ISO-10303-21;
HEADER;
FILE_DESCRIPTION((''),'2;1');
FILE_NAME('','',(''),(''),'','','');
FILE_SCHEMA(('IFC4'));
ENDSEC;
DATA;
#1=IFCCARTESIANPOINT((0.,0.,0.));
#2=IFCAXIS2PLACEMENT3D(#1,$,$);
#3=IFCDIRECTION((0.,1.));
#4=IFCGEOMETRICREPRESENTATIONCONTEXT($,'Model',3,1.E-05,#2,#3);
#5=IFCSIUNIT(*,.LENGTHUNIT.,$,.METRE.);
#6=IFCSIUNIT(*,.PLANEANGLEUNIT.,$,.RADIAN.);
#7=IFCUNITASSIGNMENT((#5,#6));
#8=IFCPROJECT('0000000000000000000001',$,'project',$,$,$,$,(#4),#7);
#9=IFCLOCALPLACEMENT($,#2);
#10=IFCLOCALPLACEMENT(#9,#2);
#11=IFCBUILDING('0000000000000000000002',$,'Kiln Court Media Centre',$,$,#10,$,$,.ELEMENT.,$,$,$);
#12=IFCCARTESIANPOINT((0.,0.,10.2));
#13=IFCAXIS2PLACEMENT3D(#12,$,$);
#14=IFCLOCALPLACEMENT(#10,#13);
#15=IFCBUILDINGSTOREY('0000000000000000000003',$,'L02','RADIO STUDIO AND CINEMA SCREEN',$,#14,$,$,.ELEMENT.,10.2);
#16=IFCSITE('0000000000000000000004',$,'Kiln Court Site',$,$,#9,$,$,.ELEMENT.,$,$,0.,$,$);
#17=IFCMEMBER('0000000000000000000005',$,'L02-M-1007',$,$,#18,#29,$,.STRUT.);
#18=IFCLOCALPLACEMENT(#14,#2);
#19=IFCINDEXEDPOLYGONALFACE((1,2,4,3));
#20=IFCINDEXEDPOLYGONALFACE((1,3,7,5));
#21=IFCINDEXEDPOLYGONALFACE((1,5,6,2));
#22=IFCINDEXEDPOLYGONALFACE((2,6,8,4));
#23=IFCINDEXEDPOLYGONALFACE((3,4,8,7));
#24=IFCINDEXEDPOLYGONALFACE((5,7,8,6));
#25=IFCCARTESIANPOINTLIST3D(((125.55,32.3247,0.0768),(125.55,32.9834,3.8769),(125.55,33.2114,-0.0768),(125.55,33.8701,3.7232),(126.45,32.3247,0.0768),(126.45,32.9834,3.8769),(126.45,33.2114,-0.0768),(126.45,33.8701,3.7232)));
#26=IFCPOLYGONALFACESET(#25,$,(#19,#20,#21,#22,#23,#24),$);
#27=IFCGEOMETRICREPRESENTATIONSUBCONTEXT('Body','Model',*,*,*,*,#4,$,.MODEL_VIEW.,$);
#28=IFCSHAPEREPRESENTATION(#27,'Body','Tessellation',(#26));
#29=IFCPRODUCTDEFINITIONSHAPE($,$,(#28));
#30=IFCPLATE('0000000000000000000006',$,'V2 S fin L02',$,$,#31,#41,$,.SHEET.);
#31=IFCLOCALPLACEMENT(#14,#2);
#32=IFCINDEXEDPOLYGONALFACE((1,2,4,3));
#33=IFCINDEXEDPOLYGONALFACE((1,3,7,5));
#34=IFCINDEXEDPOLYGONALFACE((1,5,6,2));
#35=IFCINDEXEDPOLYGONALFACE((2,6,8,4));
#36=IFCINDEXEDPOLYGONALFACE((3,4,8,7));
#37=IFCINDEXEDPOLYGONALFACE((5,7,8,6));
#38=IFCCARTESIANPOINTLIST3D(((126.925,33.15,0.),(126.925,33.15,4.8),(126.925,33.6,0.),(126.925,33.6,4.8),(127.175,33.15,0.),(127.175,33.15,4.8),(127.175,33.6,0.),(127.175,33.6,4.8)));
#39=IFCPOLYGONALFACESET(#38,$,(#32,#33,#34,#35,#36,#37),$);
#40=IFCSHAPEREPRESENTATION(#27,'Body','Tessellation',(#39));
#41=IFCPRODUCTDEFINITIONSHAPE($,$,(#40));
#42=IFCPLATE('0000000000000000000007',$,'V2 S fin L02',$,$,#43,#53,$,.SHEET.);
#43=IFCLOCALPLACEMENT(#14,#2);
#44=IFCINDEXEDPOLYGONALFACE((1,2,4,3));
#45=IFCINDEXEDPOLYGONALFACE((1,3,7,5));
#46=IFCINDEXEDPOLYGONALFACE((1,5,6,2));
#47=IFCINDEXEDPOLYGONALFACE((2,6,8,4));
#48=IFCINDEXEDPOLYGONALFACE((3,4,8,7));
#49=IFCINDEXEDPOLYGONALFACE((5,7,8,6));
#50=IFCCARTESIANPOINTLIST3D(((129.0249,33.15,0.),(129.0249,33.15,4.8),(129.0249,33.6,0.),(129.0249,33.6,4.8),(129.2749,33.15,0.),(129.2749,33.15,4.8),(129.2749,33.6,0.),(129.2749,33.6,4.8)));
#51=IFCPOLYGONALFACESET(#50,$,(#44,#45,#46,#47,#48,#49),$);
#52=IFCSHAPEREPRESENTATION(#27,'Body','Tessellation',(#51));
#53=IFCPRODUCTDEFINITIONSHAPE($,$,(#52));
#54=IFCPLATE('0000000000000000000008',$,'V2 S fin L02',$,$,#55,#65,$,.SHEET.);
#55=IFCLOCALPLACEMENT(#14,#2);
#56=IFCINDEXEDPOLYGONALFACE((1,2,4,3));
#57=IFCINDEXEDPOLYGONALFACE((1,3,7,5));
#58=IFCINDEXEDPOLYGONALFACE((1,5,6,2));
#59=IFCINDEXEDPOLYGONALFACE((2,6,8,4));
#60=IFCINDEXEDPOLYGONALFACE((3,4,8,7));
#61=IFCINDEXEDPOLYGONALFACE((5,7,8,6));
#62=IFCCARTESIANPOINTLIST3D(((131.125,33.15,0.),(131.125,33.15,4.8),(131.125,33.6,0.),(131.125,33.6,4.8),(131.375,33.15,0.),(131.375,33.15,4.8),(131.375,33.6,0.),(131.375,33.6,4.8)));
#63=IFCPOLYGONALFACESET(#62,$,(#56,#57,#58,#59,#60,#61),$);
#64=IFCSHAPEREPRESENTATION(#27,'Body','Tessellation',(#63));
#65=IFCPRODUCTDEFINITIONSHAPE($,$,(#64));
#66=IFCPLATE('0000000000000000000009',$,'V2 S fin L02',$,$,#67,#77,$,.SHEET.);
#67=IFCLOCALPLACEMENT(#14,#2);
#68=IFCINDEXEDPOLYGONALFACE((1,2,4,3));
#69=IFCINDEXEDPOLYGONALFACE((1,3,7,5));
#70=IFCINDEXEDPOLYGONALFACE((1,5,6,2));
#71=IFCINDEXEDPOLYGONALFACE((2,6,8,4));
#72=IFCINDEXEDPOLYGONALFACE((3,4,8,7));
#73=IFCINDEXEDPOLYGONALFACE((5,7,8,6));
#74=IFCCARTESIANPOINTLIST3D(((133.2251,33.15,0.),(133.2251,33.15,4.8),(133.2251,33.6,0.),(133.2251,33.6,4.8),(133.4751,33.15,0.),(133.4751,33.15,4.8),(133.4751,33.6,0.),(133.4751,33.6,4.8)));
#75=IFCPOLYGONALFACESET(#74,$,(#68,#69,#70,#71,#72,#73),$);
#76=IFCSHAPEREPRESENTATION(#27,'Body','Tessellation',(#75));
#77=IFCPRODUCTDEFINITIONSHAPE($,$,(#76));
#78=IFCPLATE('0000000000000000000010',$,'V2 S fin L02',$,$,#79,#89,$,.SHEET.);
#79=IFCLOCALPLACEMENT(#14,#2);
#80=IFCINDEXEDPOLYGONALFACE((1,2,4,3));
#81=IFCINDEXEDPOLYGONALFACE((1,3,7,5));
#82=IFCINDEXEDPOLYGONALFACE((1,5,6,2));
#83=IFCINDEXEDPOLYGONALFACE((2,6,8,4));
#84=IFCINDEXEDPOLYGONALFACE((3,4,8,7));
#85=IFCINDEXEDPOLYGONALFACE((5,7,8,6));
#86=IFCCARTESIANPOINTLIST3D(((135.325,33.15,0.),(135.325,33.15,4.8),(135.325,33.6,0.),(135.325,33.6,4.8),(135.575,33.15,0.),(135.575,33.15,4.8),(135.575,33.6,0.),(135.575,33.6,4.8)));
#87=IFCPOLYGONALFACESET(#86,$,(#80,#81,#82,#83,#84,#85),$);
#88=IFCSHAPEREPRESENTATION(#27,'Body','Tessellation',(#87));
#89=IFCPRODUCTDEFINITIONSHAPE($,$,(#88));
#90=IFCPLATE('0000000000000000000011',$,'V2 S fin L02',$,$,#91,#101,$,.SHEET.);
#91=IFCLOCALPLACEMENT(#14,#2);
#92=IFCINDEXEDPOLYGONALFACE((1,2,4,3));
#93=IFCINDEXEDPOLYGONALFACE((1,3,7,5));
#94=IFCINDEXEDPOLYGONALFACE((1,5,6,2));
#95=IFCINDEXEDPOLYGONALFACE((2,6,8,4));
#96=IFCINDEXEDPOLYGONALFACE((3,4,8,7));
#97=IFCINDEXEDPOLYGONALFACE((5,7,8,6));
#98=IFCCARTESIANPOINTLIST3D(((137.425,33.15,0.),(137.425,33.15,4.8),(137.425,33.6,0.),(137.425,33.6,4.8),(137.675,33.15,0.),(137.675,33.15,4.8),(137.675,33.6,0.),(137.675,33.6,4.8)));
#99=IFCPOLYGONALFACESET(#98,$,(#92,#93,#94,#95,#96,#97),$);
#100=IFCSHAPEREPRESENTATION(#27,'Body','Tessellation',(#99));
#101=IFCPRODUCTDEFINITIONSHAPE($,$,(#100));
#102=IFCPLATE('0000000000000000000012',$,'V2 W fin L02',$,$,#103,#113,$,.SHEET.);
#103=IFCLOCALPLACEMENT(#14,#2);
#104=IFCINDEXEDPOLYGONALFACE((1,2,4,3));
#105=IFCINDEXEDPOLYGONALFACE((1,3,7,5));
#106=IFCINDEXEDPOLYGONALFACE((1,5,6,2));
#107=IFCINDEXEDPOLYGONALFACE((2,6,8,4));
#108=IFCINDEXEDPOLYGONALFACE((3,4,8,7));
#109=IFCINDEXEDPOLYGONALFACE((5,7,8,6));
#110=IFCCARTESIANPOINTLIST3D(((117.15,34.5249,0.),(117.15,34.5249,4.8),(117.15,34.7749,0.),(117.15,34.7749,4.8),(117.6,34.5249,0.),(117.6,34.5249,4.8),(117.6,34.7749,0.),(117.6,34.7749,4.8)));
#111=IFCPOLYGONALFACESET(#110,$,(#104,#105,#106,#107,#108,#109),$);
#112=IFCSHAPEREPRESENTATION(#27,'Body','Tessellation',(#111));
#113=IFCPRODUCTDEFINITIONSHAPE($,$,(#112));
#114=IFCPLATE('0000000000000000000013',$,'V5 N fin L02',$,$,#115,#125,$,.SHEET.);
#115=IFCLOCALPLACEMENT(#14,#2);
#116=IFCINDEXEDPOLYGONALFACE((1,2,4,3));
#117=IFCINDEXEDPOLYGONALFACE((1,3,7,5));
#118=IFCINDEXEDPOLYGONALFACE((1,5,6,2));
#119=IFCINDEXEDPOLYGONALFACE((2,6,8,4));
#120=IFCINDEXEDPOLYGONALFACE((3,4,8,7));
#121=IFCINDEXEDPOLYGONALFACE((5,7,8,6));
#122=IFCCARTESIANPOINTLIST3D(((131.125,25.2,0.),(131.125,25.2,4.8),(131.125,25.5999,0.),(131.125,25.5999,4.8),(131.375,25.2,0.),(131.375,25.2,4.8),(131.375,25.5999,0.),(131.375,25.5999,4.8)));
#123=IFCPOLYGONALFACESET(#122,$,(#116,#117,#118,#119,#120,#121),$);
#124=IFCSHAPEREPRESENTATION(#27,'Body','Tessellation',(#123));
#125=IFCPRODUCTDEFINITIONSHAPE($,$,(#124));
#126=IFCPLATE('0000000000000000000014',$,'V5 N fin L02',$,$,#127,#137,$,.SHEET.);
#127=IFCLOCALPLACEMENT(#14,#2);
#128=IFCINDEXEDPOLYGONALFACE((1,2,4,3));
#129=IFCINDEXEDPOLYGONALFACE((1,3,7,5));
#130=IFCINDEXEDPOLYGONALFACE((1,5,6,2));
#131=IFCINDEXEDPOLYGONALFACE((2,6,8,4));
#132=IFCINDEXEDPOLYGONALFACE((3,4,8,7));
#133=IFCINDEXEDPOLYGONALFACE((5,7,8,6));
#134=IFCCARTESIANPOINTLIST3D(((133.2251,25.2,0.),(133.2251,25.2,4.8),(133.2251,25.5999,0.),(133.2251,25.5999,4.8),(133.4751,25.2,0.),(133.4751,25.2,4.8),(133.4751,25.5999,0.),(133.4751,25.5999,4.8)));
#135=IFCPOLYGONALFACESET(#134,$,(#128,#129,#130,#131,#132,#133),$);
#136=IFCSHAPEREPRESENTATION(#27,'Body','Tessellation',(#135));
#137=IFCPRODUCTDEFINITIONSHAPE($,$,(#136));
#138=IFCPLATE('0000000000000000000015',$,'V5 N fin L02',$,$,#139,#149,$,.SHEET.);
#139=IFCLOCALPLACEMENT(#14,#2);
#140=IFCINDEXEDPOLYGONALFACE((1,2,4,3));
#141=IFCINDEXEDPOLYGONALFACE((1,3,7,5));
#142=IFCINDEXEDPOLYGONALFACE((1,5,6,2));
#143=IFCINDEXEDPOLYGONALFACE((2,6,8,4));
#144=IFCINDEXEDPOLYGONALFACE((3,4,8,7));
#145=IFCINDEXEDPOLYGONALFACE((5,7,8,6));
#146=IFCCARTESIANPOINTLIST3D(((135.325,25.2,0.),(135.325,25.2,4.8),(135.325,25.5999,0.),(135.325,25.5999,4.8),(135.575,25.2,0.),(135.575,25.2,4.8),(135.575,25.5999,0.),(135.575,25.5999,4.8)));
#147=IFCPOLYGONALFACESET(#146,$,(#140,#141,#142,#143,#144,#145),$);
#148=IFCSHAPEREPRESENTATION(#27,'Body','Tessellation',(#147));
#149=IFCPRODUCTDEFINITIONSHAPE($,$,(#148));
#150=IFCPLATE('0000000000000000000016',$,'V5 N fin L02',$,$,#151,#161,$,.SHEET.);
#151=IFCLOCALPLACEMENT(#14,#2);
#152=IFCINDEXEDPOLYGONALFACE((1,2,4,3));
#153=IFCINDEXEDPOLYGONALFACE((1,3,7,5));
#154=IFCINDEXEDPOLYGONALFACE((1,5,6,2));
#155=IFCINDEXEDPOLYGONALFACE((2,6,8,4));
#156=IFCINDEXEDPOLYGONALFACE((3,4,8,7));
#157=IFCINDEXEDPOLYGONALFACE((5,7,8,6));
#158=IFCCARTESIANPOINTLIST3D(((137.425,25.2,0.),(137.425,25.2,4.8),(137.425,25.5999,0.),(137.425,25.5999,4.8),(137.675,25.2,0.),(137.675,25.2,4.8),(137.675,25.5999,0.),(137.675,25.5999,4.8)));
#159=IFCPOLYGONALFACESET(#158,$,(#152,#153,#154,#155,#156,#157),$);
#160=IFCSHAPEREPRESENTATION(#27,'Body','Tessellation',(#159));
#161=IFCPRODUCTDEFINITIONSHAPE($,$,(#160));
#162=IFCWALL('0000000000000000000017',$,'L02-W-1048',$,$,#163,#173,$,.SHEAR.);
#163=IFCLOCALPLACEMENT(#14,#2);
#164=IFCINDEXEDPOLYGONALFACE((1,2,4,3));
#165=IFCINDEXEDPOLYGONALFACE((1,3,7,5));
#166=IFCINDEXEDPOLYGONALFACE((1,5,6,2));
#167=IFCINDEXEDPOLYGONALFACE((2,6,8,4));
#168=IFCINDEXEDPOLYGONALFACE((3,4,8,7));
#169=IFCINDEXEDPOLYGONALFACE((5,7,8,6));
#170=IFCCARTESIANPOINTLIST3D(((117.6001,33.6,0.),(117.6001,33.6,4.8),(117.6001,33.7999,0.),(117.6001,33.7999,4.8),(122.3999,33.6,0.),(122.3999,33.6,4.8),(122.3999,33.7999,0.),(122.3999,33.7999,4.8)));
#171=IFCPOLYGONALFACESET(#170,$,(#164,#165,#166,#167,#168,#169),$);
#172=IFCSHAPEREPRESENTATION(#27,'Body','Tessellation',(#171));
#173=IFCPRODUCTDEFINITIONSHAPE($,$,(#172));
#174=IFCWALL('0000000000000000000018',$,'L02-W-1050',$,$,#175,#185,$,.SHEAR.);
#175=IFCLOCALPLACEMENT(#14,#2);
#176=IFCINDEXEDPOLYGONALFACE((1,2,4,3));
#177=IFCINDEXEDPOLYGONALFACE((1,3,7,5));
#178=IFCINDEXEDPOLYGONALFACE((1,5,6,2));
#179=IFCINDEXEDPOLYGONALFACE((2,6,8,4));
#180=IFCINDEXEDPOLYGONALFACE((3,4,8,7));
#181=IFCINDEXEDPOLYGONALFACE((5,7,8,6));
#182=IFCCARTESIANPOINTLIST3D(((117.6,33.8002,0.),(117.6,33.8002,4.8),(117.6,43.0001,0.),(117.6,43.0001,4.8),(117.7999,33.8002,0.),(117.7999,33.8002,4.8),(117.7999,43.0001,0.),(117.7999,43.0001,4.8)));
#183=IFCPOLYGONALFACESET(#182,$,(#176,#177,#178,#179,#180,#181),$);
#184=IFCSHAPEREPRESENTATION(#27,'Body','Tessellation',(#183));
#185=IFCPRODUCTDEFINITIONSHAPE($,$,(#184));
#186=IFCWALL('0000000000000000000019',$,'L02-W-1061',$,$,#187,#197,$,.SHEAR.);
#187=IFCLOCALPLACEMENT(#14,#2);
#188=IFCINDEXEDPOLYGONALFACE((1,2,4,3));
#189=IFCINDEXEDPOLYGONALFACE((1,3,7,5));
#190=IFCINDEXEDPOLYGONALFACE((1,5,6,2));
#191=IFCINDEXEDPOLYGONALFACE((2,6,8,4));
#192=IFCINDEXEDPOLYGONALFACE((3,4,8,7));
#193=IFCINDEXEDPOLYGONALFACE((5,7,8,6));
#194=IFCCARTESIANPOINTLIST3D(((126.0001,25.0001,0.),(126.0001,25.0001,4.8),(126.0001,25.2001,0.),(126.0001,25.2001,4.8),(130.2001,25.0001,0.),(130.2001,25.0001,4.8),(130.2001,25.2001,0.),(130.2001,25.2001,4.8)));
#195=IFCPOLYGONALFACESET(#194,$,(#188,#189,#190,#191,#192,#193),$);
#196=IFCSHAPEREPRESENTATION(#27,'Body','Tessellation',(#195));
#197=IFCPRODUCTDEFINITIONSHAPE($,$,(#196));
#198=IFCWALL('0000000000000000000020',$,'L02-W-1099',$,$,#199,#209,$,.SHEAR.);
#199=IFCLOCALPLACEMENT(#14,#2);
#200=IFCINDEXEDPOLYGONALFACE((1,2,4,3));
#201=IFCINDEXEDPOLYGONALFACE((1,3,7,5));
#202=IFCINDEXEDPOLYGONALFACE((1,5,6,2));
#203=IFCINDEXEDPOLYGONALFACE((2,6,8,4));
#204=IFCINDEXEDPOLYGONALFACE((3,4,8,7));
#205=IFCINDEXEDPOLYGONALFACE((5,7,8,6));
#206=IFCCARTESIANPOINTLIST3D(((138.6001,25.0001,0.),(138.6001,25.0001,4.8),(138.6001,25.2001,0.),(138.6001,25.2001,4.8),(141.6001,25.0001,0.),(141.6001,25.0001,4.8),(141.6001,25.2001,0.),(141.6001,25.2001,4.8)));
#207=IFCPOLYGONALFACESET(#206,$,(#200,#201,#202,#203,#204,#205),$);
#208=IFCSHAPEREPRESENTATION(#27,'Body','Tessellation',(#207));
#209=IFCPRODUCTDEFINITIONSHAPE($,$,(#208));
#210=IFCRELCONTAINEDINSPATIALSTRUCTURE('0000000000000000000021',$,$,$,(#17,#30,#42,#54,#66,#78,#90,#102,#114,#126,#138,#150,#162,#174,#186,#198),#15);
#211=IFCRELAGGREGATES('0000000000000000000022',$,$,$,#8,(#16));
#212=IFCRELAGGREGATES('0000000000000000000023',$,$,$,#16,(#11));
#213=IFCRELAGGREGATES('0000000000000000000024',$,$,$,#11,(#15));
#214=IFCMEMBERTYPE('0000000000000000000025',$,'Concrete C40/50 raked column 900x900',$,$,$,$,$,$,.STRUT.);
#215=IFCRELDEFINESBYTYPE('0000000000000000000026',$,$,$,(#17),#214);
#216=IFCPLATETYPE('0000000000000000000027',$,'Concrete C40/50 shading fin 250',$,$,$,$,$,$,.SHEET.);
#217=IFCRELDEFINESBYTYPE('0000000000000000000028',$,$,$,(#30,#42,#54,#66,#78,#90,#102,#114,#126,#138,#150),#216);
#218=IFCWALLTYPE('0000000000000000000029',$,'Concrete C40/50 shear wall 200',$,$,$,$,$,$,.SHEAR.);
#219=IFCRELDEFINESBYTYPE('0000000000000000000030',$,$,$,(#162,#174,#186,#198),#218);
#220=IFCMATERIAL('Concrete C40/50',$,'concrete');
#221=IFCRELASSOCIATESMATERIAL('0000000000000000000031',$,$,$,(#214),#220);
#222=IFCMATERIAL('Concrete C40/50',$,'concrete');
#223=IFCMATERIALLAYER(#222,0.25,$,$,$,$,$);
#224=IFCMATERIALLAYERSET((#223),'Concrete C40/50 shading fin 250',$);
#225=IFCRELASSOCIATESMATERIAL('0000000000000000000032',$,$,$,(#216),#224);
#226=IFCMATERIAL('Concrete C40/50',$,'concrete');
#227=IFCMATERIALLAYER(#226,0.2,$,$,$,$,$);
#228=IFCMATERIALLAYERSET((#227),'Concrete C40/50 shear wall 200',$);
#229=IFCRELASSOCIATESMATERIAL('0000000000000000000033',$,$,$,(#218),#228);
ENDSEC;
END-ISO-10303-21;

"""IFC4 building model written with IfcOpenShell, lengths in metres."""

from ifc_helpers import new_model, si_unit, direction, frame, frame_2d, origin, origin_2d, place, context, subcontext, project, spatial, rectangle, extrude, material, layer, layer_set, material_profile, profile_set, type_object, element, save


model = new_model("IFC4")

# Units and contexts
model_context = context("Model", 3, precision=1e-05, world=origin(), true_north=direction((0.0, 1.0)))
body_context = subcontext(model_context, "Body", "Model", "MODEL_VIEW")
ifc_project = project(units=[si_unit("LENGTHUNIT", "METRE"), si_unit("PLANEANGLEUNIT", "RADIAN")], contexts=[model_context])

# Site, building, storey
site_placement = place(None, origin())
site = spatial("IfcSite", under=ifc_project, at=site_placement, Name="Kiln Court Site", CompositionType="ELEMENT", RefElevation=0.0)
building_placement = place(site_placement, origin())
building = spatial("IfcBuilding", under=site, at=building_placement, Name="Kiln Court Media Centre", CompositionType="ELEMENT")
storey_placement = place(building_placement, frame((0.0, 0.0, 10.2)))
storey = spatial("IfcBuildingStorey", under=building, at=storey_placement, Name="L02", Description="RADIO STUDIO AND CINEMA SCREEN", CompositionType="ELEMENT", Elevation=10.2)

# Member
ifc_material_1 = material(Name="Concrete C40/50", Category="concrete")
ifc_material_profile_1 = material_profile(ifc_material_1, rectangle(XDim=0.8999, YDim=0.8999, at=origin_2d()), Name="RC 900x900")
ifc_profile_set_1 = profile_set([ifc_material_profile_1], Name="Concrete C40/50")
member_type = type_object("IfcMemberType", Name="Concrete C40/50 raked column 900x900", PredefinedType="STRUT", material=ifc_profile_set_1)
member_placement = place(storey_placement, frame((126.0, 32.7681, 0.0), z_axis=(0.0, 0.170791, 0.985307), x_axis=(-1.0, 0.0, 0.0)))
element("IfcMember", 1, at=member_placement, inside=storey, type_object=member_type, Name="L02-M-1007", PredefinedType="STRUT", context=body_context, shape_type="SweptSolid", body=[
    extrude(rectangle(XDim=0.8999, YDim=0.8999, at=origin_2d()), origin(), (0.0, 0.0, 1.0), 3.8567),
])

# Plates
ifc_material_2 = material(Name="Concrete C40/50", Category="concrete")
ifc_layer_1 = layer(ifc_material_2, 0.25)
ifc_layer_set_1 = layer_set([ifc_layer_1], Name="Concrete C40/50 shading fin 250")
plate_type = type_object("IfcPlateType", Name="Concrete C40/50 shading fin 250", PredefinedType="SHEET", material=ifc_layer_set_1)
for number, where, z_axis, x_axis, name in (
    (2, (127.05, 33.375, 0.0), (0.0, 0.0, 1.0), (1.0, 0.0, 0.0), "V2 S fin L02"),
    (3, (129.1499, 33.375, 0.0), (0.0, 0.0, 1.0), (1.0, 0.0, 0.0), "V2 S fin L02"),
    (4, (131.25, 33.375, 0.0), (0.0, 0.0, 1.0), (1.0, 0.0, 0.0), "V2 S fin L02"),
    (5, (133.3501, 33.375, 0.0), (0.0, 0.0, 1.0), (1.0, 0.0, 0.0), "V2 S fin L02"),
    (6, (135.45, 33.375, 0.0), (0.0, 0.0, 1.0), (1.0, 0.0, 0.0), "V2 S fin L02"),
    (7, (137.55, 33.375, 0.0), (0.0, 0.0, 1.0), (1.0, 0.0, 0.0), "V2 S fin L02"),
):
    element("IfcPlate", number, at=place(storey_placement, frame(where, z_axis=z_axis, x_axis=x_axis)), inside=storey, type_object=plate_type, Name=name, PredefinedType="SHEET", context=body_context, shape_type="SweptSolid", body=[
        extrude(rectangle(XDim=0.25, YDim=0.45, at=origin_2d()), origin(), (0.0, 0.0, 1.0), 4.8),
    ])
plate_placement = place(storey_placement, frame((117.375, 34.6499, 0.0), z_axis=(0.0, 0.0, 1.0), x_axis=(1.0, 0.0, 0.0)))
element("IfcPlate", 8, at=plate_placement, inside=storey, type_object=plate_type, Name="V2 W fin L02", PredefinedType="SHEET", context=body_context, shape_type="SweptSolid", body=[
    extrude(rectangle(XDim=0.45, YDim=0.25, at=origin_2d()), origin(), (0.0, 0.0, 1.0), 4.8),
])
for number, where, z_axis, x_axis, name in (
    (9, (131.25, 25.3999, 0.0), (0.0, 0.0, 1.0), (1.0, 0.0, 0.0), "V5 N fin L02"),
    (10, (133.3501, 25.3999, 0.0), (0.0, 0.0, 1.0), (1.0, 0.0, 0.0), "V5 N fin L02"),
    (11, (135.45, 25.3999, 0.0), (0.0, 0.0, 1.0), (1.0, 0.0, 0.0), "V5 N fin L02"),
    (12, (137.55, 25.3999, 0.0), (0.0, 0.0, 1.0), (1.0, 0.0, 0.0), "V5 N fin L02"),
):
    element("IfcPlate", number, at=place(storey_placement, frame(where, z_axis=z_axis, x_axis=x_axis)), inside=storey, type_object=plate_type, Name=name, PredefinedType="SHEET", context=body_context, shape_type="SweptSolid", body=[
        extrude(rectangle(XDim=0.25, YDim=0.3999, at=origin_2d()), origin(), (0.0, 0.0, 1.0), 4.8),
    ])

# Walls
ifc_material_3 = material(Name="Concrete C40/50", Category="concrete")
ifc_layer_2 = layer(ifc_material_3, 0.2)
ifc_layer_set_2 = layer_set([ifc_layer_2], Name="Concrete C40/50 shear wall 200")
wall_type_1 = type_object("IfcWallType", Name="Concrete C40/50 shear wall 200", PredefinedType="SHEAR", material=ifc_layer_set_2)
wall_1_placement = place(storey_placement, frame((122.3999, 33.7, 0.0), z_axis=(0.0, 0.0, 1.0), x_axis=(-1.0, 0.0, 0.0)))
element("IfcWall", 13, at=wall_1_placement, inside=storey, type_object=wall_type_1, Name="L02-W-1048", PredefinedType="SHEAR", context=body_context, shape_type="SweptSolid", body=[
    extrude(rectangle(XDim=4.7998, YDim=0.2, at=frame_2d((2.3999, 0.0))), origin(), (0.0, 0.0, 1.0), 4.8),
])
wall_2_placement = place(storey_placement, frame((117.7, 33.8, 0.0), z_axis=(0.0, 0.0, 1.0), x_axis=(0.0, 1.0, 0.0)))
element("IfcWall", 14, at=wall_2_placement, inside=storey, type_object=wall_type_1, Name="L02-W-1050", PredefinedType="SHEAR", context=body_context, shape_type="SweptSolid", body=[
    extrude(rectangle(XDim=9.2, YDim=0.2, at=frame_2d((4.6001, 0.0))), origin(), (0.0, 0.0, 1.0), 4.8),
])
wall_3_placement = place(storey_placement, frame((126.0, 25.1001, 0.0), z_axis=(0.0, 0.0, 1.0), x_axis=(1.0, 0.0, 0.0)))
element("IfcWall", 15, at=wall_3_placement, inside=storey, type_object=wall_type_1, Name="L02-W-1061", PredefinedType="SHEAR", context=body_context, shape_type="SweptSolid", body=[
    extrude(rectangle(XDim=4.2, YDim=0.2, at=frame_2d((2.1001, 0.0))), origin(), (0.0, 0.0, 1.0), 4.8),
])
wall_4_placement = place(storey_placement, frame((138.6001, 25.1001, 0.0), z_axis=(0.0, 0.0, 1.0), x_axis=(1.0, 0.0, 0.0)))
element("IfcWall", 16, at=wall_4_placement, inside=storey, type_object=wall_type_1, Name="L02-W-1099", PredefinedType="SHEAR", context=body_context, shape_type="SweptSolid", body=[
    extrude(rectangle(XDim=3.0, YDim=0.2, at=frame_2d((1.5, 0.0))), origin(), (0.0, 0.0, 1.0), 4.8),
])

save(model, "model.ifc")
